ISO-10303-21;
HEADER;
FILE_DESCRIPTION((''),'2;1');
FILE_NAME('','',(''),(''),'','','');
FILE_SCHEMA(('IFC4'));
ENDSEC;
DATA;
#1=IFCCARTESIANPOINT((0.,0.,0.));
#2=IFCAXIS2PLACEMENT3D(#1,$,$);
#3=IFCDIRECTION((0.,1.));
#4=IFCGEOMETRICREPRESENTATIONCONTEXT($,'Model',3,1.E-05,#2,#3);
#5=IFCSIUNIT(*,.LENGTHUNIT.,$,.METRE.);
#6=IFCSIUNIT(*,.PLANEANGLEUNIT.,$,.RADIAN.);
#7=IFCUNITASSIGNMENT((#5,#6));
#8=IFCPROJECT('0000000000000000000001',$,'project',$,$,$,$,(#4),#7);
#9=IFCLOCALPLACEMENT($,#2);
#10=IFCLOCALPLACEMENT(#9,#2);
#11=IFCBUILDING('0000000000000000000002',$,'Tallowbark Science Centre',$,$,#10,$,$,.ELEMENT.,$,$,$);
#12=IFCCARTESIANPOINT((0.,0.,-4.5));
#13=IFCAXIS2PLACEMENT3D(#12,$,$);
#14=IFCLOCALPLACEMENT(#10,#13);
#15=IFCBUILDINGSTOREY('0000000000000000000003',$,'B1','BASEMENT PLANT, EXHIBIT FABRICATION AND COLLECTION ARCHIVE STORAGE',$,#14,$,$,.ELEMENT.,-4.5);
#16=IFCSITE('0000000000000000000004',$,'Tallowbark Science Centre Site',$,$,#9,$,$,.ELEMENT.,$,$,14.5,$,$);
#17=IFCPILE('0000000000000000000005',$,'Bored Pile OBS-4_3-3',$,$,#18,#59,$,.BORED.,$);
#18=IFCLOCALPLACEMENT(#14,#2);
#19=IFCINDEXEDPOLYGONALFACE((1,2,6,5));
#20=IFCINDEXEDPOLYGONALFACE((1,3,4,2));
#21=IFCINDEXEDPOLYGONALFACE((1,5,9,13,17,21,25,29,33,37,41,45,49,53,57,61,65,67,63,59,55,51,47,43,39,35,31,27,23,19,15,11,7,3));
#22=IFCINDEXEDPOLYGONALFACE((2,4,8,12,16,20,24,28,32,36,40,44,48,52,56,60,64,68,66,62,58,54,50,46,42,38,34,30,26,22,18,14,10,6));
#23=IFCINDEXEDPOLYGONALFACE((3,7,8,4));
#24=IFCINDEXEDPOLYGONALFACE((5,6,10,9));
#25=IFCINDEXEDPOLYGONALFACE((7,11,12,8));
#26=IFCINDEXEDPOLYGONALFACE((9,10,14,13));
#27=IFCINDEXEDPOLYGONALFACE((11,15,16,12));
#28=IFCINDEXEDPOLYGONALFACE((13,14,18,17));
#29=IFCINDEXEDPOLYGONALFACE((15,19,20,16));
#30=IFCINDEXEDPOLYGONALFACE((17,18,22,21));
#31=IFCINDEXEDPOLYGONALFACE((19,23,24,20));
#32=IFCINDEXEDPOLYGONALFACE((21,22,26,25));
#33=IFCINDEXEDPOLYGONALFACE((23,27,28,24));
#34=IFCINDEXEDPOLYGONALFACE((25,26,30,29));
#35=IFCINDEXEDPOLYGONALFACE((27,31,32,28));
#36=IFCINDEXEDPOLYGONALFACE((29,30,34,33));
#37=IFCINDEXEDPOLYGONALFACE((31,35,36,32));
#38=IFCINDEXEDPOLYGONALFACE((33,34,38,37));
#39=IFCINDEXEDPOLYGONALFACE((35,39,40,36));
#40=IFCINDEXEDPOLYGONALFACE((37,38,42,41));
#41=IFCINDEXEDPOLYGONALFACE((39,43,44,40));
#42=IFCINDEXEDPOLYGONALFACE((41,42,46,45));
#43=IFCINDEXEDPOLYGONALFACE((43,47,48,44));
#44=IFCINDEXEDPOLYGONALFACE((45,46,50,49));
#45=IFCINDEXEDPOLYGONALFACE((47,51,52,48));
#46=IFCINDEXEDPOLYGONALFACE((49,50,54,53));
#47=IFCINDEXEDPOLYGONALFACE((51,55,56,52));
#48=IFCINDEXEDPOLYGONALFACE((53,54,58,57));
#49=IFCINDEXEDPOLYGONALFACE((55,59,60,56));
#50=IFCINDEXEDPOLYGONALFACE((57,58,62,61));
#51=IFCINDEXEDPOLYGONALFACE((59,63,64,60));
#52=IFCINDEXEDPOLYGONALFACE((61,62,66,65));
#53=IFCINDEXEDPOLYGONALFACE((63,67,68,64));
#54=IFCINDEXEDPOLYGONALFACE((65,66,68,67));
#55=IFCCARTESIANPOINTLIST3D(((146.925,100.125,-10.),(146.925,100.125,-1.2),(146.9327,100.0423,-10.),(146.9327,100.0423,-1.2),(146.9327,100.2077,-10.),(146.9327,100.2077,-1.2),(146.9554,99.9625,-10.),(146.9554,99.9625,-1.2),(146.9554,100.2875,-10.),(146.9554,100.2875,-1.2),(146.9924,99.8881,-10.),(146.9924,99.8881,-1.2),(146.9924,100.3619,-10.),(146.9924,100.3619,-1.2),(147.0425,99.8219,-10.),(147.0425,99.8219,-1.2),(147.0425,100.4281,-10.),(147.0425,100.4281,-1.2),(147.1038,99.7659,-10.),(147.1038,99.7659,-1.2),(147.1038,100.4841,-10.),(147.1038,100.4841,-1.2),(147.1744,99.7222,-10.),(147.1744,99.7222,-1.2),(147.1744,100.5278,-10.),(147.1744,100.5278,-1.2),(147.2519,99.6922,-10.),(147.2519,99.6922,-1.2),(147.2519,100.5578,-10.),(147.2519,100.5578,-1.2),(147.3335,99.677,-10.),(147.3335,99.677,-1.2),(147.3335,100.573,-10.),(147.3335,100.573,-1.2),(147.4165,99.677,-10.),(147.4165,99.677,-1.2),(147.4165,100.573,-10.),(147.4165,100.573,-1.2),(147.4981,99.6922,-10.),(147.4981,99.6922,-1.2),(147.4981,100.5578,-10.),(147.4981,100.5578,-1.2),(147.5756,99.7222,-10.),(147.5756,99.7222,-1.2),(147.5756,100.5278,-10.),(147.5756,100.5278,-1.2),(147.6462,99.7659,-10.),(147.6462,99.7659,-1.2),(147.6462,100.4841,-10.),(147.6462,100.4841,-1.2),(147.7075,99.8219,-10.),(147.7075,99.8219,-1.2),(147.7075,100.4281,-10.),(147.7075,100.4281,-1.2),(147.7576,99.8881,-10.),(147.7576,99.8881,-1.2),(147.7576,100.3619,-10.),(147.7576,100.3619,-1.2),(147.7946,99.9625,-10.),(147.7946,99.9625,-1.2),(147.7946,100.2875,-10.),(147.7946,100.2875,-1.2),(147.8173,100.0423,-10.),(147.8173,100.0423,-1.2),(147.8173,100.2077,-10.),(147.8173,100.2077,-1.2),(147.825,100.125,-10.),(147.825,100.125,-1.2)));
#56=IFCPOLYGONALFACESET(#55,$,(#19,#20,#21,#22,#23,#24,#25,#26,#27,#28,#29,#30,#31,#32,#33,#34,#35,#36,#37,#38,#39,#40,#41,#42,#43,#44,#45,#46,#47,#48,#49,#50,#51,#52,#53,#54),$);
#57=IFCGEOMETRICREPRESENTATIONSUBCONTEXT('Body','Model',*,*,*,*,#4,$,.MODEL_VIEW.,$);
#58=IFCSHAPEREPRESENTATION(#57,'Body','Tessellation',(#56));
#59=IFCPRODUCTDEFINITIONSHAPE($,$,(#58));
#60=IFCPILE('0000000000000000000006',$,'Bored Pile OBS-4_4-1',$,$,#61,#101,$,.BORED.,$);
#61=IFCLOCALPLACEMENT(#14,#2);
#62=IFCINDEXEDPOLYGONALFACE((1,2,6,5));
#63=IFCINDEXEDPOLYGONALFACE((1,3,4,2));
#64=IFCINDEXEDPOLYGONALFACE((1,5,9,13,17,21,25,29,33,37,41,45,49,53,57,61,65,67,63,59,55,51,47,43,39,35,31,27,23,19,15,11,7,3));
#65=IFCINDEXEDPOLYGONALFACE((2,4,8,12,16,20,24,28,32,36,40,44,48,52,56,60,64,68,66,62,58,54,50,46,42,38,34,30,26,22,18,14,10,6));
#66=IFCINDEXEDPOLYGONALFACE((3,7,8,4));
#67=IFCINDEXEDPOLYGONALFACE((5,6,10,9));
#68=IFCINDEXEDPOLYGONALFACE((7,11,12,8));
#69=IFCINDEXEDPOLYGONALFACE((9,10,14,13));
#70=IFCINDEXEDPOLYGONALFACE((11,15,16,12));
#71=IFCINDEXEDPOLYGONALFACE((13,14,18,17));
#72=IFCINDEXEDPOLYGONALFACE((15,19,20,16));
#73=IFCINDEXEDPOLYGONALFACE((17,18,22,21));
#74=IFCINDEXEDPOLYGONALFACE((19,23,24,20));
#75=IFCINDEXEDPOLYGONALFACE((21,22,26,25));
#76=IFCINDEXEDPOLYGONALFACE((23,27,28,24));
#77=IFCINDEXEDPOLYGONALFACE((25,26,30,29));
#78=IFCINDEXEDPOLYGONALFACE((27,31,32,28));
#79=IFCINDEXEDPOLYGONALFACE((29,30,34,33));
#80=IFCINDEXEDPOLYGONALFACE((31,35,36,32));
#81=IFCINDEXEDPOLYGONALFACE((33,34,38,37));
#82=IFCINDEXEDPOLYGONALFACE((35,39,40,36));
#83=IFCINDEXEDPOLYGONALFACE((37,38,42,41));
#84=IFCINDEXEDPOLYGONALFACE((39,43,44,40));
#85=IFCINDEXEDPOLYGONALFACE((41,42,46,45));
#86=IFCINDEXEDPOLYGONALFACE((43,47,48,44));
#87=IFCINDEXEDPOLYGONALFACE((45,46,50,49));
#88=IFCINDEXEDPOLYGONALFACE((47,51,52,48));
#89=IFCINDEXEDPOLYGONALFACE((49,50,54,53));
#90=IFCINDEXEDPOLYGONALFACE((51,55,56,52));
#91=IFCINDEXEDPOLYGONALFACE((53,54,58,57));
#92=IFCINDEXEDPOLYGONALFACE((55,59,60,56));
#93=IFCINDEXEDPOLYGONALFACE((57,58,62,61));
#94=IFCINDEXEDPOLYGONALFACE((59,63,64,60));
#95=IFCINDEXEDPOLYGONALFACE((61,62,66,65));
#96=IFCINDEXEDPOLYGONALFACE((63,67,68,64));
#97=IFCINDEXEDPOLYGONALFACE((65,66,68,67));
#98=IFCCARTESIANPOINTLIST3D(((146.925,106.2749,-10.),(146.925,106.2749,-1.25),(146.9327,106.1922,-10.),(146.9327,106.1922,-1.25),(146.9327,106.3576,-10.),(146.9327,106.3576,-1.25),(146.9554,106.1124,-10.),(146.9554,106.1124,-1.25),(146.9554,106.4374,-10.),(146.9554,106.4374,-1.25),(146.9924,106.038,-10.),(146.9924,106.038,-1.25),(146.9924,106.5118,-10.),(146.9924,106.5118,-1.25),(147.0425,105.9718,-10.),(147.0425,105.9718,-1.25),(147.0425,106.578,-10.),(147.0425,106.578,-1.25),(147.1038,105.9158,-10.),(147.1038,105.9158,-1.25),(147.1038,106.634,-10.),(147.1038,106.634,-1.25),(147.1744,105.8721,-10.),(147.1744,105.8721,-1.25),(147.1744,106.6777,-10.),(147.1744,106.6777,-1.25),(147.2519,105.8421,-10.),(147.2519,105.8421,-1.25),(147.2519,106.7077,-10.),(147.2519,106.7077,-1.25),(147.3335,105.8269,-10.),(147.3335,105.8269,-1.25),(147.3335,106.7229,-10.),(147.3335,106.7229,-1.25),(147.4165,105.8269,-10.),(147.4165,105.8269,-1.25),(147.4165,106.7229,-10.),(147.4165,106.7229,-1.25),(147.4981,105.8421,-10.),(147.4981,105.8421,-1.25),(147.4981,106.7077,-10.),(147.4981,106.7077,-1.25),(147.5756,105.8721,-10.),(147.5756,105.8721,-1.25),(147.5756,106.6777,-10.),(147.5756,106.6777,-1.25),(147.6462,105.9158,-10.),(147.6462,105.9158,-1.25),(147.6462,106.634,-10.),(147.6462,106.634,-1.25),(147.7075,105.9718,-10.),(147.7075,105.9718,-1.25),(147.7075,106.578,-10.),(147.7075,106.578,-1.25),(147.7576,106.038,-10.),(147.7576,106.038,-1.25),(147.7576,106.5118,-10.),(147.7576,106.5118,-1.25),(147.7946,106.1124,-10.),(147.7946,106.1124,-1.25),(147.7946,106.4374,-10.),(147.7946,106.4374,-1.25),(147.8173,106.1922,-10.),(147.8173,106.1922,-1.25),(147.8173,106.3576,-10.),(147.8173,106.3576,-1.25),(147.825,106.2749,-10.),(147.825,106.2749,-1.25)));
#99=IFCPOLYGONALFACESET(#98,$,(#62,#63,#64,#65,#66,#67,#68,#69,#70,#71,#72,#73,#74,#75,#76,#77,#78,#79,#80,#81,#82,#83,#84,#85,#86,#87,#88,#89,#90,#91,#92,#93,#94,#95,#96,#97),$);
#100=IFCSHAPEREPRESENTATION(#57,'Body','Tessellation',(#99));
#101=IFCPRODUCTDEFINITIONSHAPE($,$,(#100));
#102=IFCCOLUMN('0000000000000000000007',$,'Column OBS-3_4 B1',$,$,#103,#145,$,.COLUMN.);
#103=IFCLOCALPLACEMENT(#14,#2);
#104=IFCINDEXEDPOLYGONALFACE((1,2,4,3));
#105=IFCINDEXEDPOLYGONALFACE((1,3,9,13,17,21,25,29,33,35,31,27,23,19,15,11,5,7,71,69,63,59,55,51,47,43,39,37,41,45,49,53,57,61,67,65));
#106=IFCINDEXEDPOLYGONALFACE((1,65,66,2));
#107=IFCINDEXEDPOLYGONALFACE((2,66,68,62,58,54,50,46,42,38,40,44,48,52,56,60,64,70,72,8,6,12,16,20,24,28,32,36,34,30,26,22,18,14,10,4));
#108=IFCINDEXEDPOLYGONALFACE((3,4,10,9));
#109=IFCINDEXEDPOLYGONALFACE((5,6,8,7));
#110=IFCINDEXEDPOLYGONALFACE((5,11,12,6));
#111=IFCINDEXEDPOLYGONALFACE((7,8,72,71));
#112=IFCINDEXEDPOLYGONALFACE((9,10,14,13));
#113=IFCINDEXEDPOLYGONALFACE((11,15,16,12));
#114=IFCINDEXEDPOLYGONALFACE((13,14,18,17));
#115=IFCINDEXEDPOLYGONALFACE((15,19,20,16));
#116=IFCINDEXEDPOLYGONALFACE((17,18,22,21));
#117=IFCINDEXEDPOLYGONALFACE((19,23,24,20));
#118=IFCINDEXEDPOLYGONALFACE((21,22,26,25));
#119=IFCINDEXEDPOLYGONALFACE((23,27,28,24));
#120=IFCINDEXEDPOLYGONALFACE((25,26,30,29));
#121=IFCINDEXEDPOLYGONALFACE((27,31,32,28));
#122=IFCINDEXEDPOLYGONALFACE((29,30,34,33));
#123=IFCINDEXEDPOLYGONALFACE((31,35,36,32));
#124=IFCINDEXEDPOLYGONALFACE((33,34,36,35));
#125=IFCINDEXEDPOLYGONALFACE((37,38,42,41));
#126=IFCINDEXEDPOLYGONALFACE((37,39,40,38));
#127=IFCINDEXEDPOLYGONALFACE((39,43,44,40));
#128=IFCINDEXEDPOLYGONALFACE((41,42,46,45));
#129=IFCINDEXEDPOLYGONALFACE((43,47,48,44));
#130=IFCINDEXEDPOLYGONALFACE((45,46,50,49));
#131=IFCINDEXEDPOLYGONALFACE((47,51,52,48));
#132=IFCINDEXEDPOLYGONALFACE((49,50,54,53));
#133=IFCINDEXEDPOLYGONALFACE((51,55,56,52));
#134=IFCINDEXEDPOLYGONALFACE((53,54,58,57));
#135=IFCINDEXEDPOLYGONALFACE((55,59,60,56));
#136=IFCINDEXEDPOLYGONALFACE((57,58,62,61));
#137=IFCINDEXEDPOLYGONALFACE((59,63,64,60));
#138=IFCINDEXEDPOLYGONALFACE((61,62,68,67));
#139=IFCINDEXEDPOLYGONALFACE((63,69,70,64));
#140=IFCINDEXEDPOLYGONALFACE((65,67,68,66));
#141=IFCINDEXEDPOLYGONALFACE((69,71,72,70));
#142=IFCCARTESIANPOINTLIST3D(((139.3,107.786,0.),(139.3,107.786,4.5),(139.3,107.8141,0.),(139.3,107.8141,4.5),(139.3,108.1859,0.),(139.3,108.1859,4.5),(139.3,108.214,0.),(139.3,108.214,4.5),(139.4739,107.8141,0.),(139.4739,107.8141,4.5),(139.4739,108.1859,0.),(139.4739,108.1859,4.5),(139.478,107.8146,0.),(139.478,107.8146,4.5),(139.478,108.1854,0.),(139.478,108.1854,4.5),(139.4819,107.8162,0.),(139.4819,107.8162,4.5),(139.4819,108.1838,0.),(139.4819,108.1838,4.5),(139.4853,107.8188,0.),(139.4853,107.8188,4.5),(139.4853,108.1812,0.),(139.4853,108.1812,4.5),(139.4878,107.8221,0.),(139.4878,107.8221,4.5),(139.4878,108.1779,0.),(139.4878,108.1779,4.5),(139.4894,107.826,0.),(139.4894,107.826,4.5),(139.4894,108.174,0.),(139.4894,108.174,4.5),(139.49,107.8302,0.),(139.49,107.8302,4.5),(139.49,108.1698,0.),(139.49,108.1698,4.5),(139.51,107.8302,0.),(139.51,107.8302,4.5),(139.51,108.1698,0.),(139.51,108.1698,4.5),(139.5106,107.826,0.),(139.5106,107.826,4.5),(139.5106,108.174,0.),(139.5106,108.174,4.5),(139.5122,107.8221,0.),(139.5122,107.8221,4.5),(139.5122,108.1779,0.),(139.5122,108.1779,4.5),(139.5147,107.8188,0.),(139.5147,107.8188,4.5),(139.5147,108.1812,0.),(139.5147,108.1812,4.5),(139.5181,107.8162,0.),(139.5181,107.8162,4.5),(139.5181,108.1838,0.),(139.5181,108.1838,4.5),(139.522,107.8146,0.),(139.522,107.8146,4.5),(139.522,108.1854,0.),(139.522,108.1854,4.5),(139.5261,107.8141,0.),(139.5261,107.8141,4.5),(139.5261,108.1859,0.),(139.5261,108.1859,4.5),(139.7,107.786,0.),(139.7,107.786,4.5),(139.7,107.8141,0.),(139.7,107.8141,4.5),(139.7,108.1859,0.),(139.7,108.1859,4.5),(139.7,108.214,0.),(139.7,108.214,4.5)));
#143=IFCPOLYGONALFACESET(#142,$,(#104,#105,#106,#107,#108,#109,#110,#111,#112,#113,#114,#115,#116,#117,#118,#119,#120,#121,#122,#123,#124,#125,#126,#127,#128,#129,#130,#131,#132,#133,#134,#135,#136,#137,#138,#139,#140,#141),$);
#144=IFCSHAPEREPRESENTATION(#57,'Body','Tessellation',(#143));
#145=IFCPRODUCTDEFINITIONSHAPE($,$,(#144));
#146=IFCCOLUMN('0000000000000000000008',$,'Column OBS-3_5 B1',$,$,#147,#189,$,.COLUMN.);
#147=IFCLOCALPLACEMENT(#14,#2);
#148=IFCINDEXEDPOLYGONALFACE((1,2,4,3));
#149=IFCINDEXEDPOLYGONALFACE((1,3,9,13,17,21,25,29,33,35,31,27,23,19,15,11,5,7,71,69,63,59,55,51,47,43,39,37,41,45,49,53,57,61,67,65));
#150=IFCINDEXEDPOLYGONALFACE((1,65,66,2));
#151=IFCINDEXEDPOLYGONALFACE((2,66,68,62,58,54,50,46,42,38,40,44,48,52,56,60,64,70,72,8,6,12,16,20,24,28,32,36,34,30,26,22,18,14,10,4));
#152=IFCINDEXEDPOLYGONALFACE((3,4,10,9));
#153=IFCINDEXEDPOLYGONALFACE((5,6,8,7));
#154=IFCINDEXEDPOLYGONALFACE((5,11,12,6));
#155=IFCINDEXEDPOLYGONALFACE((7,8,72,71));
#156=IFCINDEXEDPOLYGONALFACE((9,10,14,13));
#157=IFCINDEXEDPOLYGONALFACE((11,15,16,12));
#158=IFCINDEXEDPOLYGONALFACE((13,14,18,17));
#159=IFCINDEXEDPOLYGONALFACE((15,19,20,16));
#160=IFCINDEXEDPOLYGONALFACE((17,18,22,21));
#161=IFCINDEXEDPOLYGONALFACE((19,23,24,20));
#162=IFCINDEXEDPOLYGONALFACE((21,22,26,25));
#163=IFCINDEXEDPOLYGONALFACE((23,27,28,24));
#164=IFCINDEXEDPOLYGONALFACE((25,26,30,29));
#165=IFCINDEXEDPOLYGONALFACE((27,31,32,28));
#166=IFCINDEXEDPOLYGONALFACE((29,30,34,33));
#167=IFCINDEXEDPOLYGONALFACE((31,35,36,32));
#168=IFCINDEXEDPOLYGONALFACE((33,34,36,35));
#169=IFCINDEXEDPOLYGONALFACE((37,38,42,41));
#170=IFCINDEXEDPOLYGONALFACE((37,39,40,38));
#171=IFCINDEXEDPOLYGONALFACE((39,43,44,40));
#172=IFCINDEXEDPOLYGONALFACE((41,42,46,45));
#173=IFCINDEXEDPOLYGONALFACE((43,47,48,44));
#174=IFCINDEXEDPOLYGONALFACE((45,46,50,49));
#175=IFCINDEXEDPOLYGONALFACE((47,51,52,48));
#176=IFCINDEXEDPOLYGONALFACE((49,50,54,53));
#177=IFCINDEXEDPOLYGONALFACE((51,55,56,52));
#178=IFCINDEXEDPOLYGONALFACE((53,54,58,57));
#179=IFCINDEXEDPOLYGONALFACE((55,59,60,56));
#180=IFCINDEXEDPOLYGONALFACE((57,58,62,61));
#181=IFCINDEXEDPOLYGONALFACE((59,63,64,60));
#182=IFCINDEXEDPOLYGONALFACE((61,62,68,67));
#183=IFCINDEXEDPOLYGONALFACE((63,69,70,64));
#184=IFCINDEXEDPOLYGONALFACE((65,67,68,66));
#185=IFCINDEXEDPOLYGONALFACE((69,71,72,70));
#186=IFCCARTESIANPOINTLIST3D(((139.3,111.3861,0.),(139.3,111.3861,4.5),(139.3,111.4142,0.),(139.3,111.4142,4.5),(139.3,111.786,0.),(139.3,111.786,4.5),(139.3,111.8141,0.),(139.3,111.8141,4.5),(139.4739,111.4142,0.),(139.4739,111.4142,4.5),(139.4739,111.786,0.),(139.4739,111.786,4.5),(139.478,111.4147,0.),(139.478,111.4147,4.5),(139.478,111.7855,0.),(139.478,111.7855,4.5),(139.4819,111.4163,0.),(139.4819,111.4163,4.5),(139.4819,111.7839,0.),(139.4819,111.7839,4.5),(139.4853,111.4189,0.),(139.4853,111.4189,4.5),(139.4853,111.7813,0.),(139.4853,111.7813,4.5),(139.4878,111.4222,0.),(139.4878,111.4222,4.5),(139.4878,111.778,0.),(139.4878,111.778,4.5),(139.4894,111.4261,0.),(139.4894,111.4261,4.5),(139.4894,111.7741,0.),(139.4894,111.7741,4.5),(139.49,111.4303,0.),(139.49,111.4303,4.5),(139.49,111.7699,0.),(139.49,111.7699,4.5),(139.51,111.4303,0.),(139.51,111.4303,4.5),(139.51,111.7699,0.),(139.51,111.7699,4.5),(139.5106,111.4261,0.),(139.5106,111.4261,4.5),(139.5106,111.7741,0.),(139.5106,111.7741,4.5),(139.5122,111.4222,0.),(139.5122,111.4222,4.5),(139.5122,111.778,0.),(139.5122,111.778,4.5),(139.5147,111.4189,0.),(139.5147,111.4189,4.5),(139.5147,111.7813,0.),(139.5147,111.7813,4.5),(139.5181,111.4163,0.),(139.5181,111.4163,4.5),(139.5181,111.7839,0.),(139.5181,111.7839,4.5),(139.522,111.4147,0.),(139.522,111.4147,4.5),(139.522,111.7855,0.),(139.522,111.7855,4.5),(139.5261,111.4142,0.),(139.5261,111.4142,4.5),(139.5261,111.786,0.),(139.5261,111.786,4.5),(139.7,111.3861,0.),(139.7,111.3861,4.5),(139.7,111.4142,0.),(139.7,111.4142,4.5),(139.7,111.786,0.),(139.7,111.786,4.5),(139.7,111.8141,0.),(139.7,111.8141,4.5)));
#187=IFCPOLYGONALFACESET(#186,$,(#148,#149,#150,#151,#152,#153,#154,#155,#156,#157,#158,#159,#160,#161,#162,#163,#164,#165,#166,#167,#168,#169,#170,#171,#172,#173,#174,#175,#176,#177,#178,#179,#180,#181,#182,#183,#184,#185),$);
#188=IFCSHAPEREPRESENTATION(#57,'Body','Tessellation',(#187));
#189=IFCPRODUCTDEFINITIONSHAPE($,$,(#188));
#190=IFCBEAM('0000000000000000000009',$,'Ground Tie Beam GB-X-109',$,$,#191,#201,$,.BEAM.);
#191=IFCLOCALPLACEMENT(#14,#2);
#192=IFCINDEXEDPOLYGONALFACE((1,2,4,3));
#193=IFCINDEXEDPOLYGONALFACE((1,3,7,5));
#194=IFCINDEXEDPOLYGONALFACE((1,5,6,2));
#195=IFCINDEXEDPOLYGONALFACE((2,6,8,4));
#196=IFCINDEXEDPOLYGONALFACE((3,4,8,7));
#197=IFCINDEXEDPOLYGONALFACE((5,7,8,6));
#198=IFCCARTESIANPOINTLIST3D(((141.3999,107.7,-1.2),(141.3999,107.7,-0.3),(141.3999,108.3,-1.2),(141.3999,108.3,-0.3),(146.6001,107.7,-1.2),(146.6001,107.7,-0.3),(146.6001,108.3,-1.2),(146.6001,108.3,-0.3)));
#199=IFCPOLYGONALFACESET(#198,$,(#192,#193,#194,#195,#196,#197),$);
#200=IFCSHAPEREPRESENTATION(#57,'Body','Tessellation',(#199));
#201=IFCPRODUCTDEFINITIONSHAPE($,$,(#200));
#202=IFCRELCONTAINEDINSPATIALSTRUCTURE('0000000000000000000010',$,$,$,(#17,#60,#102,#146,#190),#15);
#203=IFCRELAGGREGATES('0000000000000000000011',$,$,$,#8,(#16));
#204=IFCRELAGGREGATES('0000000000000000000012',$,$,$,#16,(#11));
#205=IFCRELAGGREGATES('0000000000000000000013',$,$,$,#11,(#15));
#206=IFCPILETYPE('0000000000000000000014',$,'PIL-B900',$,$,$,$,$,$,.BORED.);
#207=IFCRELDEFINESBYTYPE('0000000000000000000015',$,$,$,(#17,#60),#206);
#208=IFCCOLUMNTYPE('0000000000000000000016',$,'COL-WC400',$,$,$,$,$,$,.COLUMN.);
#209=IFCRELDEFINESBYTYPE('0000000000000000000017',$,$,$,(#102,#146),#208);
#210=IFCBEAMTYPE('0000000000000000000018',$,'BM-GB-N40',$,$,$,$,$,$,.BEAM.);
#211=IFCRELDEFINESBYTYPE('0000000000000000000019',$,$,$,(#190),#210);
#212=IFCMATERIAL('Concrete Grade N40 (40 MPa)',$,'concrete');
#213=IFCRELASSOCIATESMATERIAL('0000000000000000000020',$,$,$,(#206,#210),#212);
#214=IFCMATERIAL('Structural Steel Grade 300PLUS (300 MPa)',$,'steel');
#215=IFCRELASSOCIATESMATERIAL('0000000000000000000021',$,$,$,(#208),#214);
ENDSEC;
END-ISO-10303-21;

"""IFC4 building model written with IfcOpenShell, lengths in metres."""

from ifc_helpers import new_model, si_unit, direction, frame, origin, origin_2d, place, context, subcontext, project, spatial, rectangle, circle, i_section, extrude, material, material_profile, profile_set, type_object, element, save


model = new_model("IFC4")

# Units and contexts
model_context = context("Model", 3, precision=1e-05, world=origin(), true_north=direction((0.0, 1.0)))
body_context = subcontext(model_context, "Body", "Model", "MODEL_VIEW")
ifc_project = project(units=[si_unit("LENGTHUNIT", "METRE"), si_unit("PLANEANGLEUNIT", "RADIAN")], contexts=[model_context])

# Site, building, storey
site_placement = place(None, origin())
site = spatial("IfcSite", under=ifc_project, at=site_placement, Name="Tallowbark Science Centre Site", CompositionType="ELEMENT", RefElevation=14.5)
building_placement = place(site_placement, origin())
building = spatial("IfcBuilding", under=site, at=building_placement, Name="Tallowbark Science Centre", CompositionType="ELEMENT")
storey_placement = place(building_placement, frame((0.0, 0.0, -4.5)))
storey = spatial("IfcBuildingStorey", under=building, at=storey_placement, Name="B1", Description="BASEMENT PLANT, EXHIBIT FABRICATION AND COLLECTION ARCHIVE STORAGE", CompositionType="ELEMENT", Elevation=-4.5)

# Shared definitions
ifc_material_1 = material(Name="Concrete Grade N40 (40 MPa)", Category="concrete")

# Piles
ifc_material_profile_1 = material_profile(ifc_material_1, circle(Radius=0.45, at=origin_2d()), Name="PILE900")
ifc_profile_set_1 = profile_set([ifc_material_profile_1], Name="Concrete Grade N40 (40 MPa)")
pile_type_1 = type_object("IfcPileType", Name="PIL-B900", PredefinedType="BORED", material=ifc_profile_set_1)
for number, where, z_axis, x_axis, name in (
    (1, (147.375, 100.125, -1.2), (0.0, 0.0, -1.0), (1.0, 0.0, 0.0), "Bored Pile OBS-4_3-3"),
):
    element("IfcPile", number, at=place(storey_placement, frame(where, z_axis=z_axis, x_axis=x_axis)), inside=storey, type_object=pile_type_1, Name=name, PredefinedType="BORED", context=body_context, shape_type="SweptSolid", body=[
        extrude(circle(Radius=0.45, at=origin_2d()), origin(), (0.0, 0.0, 1.0), 8.8),
    ])
pile_placement = place(storey_placement, frame((147.375, 106.2749, -1.25), z_axis=(0.0, 0.0, -1.0), x_axis=(1.0, 0.0, 0.0)))
element("IfcPile", 2, at=pile_placement, inside=storey, type_object=pile_type_1, Name="Bored Pile OBS-4_4-1", PredefinedType="BORED", context=body_context, shape_type="SweptSolid", body=[
    extrude(circle(Radius=0.45, at=origin_2d()), origin(), (0.0, 0.0, 1.0), 8.75),
])

# Columns
ifc_material_2 = material(Name="Structural Steel Grade 300PLUS (300 MPa)", Category="steel")
ifc_material_profile_2 = material_profile(ifc_material_2, i_section(OverallWidth=0.3999, OverallDepth=0.428, WebThickness=0.02, FlangeThickness=0.0281, FilletRadius=0.0161, at=origin_2d()), Name="400WC270")
ifc_profile_set_2 = profile_set([ifc_material_profile_2], Name="Structural Steel Grade 300PLUS (300 MPa)")
column_type = type_object("IfcColumnType", Name="COL-WC400", PredefinedType="COLUMN", material=ifc_profile_set_2)
for number, where, z_axis, x_axis, name in (
    (3, (139.5, 108.0, 0.0), (0.0, 0.0, 1.0), (1.0, 0.0, 0.0), "Column OBS-3_4 B1"),
    (4, (139.5, 111.6001, 0.0), (0.0, 0.0, 1.0), (1.0, 0.0, 0.0), "Column OBS-3_5 B1"),
):
    element("IfcColumn", number, at=place(storey_placement, frame(where, z_axis=z_axis, x_axis=x_axis)), inside=storey, type_object=column_type, Name=name, PredefinedType="COLUMN", context=body_context, shape_type="SweptSolid", body=[
        extrude(i_section(OverallWidth=0.3999, OverallDepth=0.428, WebThickness=0.02, FlangeThickness=0.0281, FilletRadius=0.0161, at=origin_2d()), origin(), (0.0, 0.0, 1.0), 4.5),
    ])

# Beam
ifc_material_profile_3 = material_profile(ifc_material_1, rectangle(XDim=0.6001, YDim=0.8999, at=origin_2d()), Name="RC600x900")
ifc_profile_set_3 = profile_set([ifc_material_profile_3], Name="Concrete Grade N40 (40 MPa)")
beam_type = type_object("IfcBeamType", Name="BM-GB-N40", PredefinedType="BEAM", material=ifc_profile_set_3)
beam_1_placement = place(storey_placement, frame((141.3999, 108.0, -0.75), z_axis=(1.0, 0.0, 0.0), x_axis=(0.0, 1.0, 0.0)))
element("IfcBeam", 5, at=beam_1_placement, inside=storey, type_object=beam_type, Name="Ground Tie Beam GB-X-109", PredefinedType="BEAM", context=body_context, shape_type="SweptSolid", body=[
    extrude(rectangle(XDim=0.6001, YDim=0.8999, at=origin_2d()), origin(), (0.0, 0.0, 1.0), 5.2002),
])

save(model, "model.ifc")
